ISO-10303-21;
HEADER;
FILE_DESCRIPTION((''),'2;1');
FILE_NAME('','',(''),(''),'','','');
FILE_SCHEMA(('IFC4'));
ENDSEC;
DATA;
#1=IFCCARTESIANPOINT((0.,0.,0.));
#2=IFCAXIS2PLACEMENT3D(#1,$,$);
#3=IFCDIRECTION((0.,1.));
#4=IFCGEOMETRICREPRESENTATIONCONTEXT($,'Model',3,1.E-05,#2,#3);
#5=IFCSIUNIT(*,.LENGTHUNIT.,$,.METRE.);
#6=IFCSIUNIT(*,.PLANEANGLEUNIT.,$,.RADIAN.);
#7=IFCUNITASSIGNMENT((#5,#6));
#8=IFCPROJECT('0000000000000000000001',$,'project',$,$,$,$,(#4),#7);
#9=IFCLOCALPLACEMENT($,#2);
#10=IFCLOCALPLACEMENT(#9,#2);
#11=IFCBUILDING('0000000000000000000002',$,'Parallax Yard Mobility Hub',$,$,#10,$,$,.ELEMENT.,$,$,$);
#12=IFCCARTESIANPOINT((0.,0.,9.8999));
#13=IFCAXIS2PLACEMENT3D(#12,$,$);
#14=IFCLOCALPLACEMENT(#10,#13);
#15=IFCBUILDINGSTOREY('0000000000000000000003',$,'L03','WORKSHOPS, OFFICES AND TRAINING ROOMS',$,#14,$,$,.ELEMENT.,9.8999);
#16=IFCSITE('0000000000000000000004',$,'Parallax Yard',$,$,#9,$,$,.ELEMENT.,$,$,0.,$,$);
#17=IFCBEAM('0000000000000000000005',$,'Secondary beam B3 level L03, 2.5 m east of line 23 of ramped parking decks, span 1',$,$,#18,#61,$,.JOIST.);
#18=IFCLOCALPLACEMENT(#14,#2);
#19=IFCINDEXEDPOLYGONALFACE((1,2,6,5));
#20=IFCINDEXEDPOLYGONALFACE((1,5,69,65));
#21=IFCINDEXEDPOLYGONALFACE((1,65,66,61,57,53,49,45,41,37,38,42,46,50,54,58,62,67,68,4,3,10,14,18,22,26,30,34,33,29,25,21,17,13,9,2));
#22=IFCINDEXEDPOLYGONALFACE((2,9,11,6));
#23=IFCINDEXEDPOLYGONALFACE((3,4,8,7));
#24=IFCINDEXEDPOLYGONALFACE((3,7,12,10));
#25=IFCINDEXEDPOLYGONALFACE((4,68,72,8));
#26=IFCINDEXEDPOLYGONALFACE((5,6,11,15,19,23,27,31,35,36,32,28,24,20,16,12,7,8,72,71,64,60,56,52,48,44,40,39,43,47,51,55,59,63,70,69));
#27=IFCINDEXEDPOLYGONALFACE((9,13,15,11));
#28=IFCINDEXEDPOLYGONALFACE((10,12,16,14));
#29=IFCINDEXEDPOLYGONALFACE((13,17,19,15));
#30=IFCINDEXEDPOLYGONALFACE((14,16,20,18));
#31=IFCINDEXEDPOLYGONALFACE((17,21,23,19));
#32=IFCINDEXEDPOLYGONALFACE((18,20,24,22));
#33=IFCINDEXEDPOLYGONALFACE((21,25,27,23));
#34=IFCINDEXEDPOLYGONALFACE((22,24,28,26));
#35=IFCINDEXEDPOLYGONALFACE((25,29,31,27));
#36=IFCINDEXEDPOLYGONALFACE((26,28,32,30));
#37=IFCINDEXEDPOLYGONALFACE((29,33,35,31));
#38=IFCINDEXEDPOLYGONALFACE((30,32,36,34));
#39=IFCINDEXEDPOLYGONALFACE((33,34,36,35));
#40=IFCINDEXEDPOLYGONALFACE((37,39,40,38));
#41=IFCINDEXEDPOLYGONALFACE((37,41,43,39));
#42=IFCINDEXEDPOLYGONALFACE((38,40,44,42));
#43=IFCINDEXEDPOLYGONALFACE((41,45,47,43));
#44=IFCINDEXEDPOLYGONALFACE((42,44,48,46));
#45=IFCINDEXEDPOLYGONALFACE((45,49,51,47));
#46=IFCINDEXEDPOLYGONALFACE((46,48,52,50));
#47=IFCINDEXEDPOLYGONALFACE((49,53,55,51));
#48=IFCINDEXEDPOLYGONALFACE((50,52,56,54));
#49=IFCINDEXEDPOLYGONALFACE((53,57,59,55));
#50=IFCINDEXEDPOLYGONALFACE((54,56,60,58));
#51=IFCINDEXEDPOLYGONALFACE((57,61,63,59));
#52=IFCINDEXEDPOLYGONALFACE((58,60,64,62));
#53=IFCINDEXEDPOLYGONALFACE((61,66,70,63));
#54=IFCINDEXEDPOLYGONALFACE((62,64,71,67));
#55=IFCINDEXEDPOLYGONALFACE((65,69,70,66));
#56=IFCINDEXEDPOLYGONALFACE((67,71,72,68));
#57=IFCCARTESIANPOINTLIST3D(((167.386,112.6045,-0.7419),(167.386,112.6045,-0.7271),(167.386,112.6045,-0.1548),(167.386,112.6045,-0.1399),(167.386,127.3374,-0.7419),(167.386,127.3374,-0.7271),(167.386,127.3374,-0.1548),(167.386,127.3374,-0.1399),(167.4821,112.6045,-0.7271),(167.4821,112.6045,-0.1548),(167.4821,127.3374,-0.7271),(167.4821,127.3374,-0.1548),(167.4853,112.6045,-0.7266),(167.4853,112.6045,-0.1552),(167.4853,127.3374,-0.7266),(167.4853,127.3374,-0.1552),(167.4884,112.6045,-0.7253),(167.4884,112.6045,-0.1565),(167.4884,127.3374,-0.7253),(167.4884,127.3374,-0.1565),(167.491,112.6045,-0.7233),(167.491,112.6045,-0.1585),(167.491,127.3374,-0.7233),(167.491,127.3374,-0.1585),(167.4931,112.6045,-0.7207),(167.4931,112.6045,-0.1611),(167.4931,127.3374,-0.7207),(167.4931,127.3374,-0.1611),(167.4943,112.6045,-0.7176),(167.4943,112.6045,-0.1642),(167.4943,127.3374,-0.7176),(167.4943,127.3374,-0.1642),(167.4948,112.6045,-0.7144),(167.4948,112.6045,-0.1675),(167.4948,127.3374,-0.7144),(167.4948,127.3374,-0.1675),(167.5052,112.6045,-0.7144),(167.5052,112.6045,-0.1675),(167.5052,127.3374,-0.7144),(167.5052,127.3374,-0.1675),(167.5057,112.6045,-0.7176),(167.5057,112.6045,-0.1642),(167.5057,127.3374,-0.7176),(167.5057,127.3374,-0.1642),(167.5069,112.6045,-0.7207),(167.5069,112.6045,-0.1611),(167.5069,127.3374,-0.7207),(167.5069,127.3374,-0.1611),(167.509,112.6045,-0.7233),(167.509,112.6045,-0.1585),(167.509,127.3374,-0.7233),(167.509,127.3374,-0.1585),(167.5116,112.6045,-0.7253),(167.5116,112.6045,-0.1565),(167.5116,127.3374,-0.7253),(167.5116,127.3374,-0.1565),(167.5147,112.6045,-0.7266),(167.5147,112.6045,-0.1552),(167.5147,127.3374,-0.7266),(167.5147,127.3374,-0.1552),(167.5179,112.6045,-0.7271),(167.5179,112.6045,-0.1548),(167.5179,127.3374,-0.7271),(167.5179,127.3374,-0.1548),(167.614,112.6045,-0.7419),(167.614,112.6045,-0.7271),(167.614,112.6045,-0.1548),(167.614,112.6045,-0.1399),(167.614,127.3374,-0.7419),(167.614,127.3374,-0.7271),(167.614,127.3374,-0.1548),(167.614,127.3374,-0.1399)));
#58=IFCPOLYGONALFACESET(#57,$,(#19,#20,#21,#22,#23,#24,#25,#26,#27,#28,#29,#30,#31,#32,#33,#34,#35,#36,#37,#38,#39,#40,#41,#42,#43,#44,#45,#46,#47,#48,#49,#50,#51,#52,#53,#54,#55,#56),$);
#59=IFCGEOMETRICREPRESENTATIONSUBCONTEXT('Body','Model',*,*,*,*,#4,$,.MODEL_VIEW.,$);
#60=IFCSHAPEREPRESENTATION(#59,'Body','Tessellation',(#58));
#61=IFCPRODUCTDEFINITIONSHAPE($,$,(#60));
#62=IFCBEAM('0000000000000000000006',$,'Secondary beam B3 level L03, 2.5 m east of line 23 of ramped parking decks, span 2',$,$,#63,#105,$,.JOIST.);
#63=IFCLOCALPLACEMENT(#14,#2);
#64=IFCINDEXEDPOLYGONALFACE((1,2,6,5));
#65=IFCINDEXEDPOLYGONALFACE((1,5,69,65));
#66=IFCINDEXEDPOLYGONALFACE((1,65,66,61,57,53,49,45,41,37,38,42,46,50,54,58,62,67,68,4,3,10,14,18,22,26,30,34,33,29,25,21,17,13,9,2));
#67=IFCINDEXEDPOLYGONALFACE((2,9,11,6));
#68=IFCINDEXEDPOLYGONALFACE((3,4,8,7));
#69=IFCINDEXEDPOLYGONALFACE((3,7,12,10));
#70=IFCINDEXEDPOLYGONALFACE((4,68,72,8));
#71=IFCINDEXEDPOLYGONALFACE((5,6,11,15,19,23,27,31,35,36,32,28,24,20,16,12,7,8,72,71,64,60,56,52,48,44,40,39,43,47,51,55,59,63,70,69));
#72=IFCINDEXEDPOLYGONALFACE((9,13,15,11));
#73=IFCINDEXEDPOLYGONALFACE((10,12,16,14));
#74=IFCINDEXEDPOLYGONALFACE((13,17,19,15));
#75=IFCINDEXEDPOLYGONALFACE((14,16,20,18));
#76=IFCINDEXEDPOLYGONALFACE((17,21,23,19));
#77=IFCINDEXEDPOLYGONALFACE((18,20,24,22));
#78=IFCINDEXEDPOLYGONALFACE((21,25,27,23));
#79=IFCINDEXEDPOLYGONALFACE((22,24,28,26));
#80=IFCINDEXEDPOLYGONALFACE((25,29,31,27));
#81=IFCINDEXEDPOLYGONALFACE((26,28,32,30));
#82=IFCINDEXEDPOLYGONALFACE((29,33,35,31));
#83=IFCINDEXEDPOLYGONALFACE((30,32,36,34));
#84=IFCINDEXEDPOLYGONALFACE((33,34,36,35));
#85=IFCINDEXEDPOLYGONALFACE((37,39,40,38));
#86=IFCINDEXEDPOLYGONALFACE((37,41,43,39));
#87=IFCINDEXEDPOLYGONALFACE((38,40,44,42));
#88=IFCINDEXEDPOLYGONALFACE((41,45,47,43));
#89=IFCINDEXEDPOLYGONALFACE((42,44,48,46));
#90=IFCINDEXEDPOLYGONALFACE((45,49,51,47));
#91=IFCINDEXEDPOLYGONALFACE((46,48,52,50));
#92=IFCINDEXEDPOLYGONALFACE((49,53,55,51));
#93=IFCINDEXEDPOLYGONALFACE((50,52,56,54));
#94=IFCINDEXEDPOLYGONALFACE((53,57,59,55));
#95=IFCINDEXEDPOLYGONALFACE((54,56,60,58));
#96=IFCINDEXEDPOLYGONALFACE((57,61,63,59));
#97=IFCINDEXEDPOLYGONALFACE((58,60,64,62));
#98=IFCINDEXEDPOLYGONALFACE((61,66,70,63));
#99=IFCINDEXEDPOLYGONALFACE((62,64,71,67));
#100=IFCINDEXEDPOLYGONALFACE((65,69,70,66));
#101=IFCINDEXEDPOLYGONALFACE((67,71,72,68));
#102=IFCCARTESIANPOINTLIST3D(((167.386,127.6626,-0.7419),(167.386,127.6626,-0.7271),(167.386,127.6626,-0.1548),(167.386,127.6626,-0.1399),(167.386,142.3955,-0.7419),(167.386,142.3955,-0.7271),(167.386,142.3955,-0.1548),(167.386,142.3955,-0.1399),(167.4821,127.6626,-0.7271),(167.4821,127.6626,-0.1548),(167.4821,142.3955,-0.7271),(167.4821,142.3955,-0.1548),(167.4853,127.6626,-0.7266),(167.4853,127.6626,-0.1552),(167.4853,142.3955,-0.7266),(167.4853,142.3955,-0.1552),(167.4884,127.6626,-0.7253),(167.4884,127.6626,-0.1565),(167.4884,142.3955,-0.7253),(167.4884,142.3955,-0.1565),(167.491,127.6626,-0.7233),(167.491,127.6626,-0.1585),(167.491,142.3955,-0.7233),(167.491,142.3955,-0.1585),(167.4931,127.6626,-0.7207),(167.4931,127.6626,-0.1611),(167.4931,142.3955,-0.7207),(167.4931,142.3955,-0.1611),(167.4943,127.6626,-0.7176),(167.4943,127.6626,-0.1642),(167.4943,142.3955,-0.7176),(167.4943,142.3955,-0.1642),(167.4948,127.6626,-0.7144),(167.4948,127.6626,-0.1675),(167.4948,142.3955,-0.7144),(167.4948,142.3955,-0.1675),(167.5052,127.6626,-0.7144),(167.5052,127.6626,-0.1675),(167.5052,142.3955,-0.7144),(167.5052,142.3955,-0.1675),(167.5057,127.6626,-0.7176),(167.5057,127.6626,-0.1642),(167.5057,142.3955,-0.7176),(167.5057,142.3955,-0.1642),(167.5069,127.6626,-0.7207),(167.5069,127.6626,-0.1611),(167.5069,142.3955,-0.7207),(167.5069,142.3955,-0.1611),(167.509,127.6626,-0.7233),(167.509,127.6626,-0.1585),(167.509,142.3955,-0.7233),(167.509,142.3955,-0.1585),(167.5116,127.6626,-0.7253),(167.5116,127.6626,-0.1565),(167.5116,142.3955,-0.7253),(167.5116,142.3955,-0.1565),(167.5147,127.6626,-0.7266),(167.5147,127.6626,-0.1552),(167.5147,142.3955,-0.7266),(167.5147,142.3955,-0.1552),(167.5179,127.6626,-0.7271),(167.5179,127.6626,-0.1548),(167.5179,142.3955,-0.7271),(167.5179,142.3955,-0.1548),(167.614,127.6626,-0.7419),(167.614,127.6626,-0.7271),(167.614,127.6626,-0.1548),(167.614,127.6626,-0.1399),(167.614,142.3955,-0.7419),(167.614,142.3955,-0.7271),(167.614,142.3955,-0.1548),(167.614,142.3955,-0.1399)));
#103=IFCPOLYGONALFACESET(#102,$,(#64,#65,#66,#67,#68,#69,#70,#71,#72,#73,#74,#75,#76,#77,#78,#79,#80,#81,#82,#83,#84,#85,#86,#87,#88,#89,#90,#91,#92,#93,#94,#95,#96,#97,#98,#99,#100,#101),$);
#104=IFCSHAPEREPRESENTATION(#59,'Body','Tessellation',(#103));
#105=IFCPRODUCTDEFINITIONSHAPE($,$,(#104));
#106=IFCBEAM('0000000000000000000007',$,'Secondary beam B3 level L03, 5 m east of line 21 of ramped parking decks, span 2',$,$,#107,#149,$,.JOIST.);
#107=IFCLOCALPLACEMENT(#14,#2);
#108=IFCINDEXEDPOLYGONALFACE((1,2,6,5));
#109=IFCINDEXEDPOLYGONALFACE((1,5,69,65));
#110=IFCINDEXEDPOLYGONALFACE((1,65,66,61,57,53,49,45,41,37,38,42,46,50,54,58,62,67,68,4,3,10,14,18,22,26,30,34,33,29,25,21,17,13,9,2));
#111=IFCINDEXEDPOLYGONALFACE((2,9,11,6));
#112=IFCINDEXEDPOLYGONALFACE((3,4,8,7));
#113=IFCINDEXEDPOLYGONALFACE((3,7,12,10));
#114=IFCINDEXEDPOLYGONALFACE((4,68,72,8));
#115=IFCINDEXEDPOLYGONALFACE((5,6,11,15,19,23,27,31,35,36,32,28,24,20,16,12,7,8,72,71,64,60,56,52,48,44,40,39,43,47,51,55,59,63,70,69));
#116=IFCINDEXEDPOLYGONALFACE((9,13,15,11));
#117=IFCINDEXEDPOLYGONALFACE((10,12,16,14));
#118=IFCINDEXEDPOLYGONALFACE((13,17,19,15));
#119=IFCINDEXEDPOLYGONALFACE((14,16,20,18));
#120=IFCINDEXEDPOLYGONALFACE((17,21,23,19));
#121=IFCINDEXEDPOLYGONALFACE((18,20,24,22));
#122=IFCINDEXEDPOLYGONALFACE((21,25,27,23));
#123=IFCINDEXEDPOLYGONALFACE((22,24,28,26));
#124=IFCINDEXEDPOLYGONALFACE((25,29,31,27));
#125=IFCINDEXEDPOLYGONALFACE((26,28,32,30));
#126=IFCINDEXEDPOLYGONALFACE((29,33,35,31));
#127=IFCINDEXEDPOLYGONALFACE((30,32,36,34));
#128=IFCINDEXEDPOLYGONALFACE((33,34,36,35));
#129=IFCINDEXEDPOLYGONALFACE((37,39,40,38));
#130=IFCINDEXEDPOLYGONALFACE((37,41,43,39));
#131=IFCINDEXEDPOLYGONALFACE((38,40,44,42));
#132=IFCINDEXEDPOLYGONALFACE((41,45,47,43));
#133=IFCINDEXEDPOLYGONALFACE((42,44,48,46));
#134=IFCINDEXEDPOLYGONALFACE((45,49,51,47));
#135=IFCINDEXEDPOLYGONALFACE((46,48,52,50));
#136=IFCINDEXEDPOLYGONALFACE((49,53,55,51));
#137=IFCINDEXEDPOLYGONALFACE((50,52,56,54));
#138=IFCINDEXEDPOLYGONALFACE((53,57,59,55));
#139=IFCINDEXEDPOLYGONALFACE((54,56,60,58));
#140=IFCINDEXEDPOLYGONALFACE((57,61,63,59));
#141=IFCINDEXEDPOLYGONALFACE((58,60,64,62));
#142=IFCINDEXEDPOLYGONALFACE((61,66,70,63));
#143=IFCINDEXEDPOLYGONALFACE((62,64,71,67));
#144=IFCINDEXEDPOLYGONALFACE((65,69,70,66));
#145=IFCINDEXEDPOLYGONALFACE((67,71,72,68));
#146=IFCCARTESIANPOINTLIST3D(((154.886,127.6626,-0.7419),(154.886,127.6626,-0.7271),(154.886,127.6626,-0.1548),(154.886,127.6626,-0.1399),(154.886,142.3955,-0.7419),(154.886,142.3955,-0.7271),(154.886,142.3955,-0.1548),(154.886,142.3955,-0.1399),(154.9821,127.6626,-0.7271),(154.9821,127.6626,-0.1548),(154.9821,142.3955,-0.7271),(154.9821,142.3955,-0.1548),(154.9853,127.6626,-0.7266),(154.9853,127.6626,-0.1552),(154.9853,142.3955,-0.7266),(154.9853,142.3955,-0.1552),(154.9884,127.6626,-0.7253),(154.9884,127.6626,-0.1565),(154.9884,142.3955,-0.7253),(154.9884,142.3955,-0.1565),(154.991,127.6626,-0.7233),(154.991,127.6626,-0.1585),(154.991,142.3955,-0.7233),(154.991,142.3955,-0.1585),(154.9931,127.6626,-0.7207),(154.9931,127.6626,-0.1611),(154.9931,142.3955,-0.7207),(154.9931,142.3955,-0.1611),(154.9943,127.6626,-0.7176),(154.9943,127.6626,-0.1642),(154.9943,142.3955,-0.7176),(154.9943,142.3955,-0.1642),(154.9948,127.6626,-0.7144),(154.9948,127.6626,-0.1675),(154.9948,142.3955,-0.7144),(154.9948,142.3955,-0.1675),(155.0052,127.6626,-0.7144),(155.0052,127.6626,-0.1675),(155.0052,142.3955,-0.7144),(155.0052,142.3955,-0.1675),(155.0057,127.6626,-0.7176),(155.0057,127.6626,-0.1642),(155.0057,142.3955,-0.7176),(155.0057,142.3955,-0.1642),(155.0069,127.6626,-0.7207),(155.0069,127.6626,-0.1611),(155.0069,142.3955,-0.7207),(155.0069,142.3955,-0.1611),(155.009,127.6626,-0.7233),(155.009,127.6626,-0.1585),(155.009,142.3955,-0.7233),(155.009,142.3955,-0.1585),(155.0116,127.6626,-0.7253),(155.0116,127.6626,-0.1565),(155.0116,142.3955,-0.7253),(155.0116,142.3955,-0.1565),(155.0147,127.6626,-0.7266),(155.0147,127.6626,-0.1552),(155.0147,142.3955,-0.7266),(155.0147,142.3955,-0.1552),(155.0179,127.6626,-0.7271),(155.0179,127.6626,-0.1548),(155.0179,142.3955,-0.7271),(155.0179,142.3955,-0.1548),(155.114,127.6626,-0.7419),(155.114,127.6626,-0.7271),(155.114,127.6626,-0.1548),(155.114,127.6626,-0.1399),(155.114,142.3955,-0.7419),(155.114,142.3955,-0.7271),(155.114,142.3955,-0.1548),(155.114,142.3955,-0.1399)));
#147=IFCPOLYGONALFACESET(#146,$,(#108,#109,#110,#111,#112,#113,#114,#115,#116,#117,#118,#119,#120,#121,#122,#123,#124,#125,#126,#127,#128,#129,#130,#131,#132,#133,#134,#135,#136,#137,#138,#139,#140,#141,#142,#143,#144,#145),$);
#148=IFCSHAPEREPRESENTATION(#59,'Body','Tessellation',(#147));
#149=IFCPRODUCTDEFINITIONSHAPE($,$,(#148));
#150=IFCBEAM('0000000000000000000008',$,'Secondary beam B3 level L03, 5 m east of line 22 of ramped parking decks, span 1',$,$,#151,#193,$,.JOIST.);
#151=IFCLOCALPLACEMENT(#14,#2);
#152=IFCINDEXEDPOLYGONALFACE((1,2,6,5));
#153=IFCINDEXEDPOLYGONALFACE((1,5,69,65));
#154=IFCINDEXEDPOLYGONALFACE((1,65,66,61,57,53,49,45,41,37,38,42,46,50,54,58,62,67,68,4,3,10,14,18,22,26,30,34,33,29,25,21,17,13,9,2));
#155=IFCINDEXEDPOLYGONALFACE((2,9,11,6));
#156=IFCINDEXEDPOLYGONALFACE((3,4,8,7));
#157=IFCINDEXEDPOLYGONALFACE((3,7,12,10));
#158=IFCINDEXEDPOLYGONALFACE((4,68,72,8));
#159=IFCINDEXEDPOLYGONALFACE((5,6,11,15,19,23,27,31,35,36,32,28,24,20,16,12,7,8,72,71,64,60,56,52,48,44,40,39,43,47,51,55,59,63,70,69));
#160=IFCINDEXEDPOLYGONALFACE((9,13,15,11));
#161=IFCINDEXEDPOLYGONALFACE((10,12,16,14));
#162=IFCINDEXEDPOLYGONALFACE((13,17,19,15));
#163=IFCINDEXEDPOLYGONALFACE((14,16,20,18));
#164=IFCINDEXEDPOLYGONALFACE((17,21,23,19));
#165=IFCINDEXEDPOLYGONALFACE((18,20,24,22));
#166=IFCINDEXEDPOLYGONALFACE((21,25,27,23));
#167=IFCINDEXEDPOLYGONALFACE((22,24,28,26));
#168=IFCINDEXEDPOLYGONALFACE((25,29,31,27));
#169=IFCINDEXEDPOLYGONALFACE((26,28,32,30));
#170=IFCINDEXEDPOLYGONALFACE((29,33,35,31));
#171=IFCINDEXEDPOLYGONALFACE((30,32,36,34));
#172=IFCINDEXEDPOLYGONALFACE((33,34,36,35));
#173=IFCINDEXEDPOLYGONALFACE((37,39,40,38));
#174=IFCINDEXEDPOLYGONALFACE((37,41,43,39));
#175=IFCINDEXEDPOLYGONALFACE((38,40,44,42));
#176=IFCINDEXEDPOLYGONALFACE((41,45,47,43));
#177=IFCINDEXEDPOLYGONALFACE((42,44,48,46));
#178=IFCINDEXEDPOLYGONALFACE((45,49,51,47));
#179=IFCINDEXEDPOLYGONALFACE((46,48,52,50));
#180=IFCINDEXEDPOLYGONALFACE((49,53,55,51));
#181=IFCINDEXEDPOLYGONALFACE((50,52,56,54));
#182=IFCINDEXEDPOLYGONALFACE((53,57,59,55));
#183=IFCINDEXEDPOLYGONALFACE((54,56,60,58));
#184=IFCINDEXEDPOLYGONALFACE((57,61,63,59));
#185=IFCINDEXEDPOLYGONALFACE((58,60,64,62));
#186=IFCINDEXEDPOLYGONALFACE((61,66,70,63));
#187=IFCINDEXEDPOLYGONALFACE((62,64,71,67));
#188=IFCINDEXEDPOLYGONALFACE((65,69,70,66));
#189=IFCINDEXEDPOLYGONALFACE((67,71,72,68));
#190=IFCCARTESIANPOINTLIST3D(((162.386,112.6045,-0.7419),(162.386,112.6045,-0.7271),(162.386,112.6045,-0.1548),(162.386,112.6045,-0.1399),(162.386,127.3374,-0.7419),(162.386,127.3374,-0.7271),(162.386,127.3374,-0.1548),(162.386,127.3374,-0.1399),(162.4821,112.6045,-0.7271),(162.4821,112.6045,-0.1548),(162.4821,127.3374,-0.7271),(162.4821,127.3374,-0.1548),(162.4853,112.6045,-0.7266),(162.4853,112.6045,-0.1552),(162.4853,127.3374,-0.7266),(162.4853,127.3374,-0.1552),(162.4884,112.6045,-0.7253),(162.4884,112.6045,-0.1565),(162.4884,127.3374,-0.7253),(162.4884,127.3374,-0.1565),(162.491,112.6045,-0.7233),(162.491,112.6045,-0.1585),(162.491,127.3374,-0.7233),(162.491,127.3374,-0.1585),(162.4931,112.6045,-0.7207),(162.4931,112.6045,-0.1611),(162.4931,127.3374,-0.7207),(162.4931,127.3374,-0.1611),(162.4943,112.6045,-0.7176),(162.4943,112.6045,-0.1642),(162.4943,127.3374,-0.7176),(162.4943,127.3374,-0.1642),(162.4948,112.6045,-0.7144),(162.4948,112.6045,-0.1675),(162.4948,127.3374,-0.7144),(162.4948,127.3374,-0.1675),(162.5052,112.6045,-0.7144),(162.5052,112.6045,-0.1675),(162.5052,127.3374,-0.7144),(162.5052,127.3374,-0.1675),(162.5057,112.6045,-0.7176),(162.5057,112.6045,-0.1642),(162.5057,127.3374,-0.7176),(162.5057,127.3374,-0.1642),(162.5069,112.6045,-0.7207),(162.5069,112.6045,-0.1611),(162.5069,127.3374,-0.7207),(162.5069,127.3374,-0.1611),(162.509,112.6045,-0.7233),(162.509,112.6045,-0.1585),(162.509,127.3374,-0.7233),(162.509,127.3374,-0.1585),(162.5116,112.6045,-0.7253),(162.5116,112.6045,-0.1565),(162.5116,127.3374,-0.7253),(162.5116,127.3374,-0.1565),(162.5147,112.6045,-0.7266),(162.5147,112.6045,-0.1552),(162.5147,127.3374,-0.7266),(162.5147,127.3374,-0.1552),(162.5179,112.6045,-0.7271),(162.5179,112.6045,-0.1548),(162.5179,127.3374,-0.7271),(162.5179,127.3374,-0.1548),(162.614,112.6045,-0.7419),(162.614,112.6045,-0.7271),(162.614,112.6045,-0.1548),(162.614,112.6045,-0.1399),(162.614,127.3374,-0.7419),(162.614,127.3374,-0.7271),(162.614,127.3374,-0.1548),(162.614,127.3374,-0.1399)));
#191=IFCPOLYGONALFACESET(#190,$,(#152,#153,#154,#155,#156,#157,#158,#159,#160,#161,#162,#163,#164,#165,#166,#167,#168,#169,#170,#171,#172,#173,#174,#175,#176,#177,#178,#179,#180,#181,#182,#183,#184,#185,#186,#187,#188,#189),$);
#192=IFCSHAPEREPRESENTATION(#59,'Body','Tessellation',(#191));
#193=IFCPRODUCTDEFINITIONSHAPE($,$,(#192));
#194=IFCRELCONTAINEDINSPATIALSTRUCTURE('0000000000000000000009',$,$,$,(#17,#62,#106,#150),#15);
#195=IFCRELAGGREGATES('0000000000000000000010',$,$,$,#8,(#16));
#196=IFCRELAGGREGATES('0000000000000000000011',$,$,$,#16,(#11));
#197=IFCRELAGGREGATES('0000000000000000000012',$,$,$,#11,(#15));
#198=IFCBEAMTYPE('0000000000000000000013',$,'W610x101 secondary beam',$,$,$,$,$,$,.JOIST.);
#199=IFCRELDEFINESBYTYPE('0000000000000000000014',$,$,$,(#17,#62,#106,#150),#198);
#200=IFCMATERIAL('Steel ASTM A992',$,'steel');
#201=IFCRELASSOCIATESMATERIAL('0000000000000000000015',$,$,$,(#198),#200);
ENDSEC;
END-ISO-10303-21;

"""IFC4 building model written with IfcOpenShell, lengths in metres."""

from ifc_helpers import new_model, si_unit, direction, frame, origin, origin_2d, place, context, subcontext, project, spatial, i_section, extrude, material, material_profile, profile_set, type_object, element, save


model = new_model("IFC4")

# Units and contexts
model_context = context("Model", 3, precision=1e-05, world=origin(), true_north=direction((0.0, 1.0)))
body_context = subcontext(model_context, "Body", "Model", "MODEL_VIEW")
ifc_project = project(units=[si_unit("LENGTHUNIT", "METRE"), si_unit("PLANEANGLEUNIT", "RADIAN")], contexts=[model_context])

# Site, building, storey
site_placement = place(None, origin())
site = spatial("IfcSite", under=ifc_project, at=site_placement, Name="Parallax Yard", CompositionType="ELEMENT", RefElevation=0.0)
building_placement = place(site_placement, origin())
building = spatial("IfcBuilding", under=site, at=building_placement, Name="Parallax Yard Mobility Hub", CompositionType="ELEMENT")
storey_placement = place(building_placement, frame((0.0, 0.0, 9.8999)))
storey = spatial("IfcBuildingStorey", under=building, at=storey_placement, Name="L03", Description="WORKSHOPS, OFFICES AND TRAINING ROOMS", CompositionType="ELEMENT", Elevation=9.8999)

# Shared definitions
ifc_material_1 = material(Name="Steel ASTM A992", Category="steel")

# Beams
ifc_material_profile_1 = material_profile(ifc_material_1, i_section(OverallWidth=0.228, OverallDepth=0.6021, WebThickness=0.0105, FlangeThickness=0.0149, FilletRadius=0.0127, at=origin_2d()), Name="W610x101")
ifc_profile_set_1 = profile_set([ifc_material_profile_1], Name="Steel ASTM A992")
beam_type_1 = type_object("IfcBeamType", Name="W610x101 secondary beam", PredefinedType="JOIST", material=ifc_profile_set_1)
for number, where, z_axis, x_axis, name in (
    (1, (167.5, 112.6045, -0.4409), (0.0, 1.0, 0.0), (-1.0, 0.0, 0.0), "Secondary beam B3 level L03, 2.5 m east of line 23 of ramped parking decks, span 1"),
    (2, (167.5, 127.6626, -0.4409), (0.0, 1.0, 0.0), (-1.0, 0.0, 0.0), "Secondary beam B3 level L03, 2.5 m east of line 23 of ramped parking decks, span 2"),
    (3, (155.0, 127.6626, -0.4409), (0.0, 1.0, 0.0), (-1.0, 0.0, 0.0), "Secondary beam B3 level L03, 5 m east of line 21 of ramped parking decks, span 2"),
    (4, (162.5, 112.6045, -0.4409), (0.0, 1.0, 0.0), (-1.0, 0.0, 0.0), "Secondary beam B3 level L03, 5 m east of line 22 of ramped parking decks, span 1"),
):
    element("IfcBeam", number, at=place(storey_placement, frame(where, z_axis=z_axis, x_axis=x_axis)), inside=storey, type_object=beam_type_1, Name=name, PredefinedType="JOIST", context=body_context, shape_type="SweptSolid", body=[
        extrude(i_section(OverallWidth=0.228, OverallDepth=0.6021, WebThickness=0.0105, FlangeThickness=0.0149, FilletRadius=0.0127, at=origin_2d()), origin(), (0.0, 0.0, 1.0), 14.7329),
    ])

save(model, "model.ifc")
